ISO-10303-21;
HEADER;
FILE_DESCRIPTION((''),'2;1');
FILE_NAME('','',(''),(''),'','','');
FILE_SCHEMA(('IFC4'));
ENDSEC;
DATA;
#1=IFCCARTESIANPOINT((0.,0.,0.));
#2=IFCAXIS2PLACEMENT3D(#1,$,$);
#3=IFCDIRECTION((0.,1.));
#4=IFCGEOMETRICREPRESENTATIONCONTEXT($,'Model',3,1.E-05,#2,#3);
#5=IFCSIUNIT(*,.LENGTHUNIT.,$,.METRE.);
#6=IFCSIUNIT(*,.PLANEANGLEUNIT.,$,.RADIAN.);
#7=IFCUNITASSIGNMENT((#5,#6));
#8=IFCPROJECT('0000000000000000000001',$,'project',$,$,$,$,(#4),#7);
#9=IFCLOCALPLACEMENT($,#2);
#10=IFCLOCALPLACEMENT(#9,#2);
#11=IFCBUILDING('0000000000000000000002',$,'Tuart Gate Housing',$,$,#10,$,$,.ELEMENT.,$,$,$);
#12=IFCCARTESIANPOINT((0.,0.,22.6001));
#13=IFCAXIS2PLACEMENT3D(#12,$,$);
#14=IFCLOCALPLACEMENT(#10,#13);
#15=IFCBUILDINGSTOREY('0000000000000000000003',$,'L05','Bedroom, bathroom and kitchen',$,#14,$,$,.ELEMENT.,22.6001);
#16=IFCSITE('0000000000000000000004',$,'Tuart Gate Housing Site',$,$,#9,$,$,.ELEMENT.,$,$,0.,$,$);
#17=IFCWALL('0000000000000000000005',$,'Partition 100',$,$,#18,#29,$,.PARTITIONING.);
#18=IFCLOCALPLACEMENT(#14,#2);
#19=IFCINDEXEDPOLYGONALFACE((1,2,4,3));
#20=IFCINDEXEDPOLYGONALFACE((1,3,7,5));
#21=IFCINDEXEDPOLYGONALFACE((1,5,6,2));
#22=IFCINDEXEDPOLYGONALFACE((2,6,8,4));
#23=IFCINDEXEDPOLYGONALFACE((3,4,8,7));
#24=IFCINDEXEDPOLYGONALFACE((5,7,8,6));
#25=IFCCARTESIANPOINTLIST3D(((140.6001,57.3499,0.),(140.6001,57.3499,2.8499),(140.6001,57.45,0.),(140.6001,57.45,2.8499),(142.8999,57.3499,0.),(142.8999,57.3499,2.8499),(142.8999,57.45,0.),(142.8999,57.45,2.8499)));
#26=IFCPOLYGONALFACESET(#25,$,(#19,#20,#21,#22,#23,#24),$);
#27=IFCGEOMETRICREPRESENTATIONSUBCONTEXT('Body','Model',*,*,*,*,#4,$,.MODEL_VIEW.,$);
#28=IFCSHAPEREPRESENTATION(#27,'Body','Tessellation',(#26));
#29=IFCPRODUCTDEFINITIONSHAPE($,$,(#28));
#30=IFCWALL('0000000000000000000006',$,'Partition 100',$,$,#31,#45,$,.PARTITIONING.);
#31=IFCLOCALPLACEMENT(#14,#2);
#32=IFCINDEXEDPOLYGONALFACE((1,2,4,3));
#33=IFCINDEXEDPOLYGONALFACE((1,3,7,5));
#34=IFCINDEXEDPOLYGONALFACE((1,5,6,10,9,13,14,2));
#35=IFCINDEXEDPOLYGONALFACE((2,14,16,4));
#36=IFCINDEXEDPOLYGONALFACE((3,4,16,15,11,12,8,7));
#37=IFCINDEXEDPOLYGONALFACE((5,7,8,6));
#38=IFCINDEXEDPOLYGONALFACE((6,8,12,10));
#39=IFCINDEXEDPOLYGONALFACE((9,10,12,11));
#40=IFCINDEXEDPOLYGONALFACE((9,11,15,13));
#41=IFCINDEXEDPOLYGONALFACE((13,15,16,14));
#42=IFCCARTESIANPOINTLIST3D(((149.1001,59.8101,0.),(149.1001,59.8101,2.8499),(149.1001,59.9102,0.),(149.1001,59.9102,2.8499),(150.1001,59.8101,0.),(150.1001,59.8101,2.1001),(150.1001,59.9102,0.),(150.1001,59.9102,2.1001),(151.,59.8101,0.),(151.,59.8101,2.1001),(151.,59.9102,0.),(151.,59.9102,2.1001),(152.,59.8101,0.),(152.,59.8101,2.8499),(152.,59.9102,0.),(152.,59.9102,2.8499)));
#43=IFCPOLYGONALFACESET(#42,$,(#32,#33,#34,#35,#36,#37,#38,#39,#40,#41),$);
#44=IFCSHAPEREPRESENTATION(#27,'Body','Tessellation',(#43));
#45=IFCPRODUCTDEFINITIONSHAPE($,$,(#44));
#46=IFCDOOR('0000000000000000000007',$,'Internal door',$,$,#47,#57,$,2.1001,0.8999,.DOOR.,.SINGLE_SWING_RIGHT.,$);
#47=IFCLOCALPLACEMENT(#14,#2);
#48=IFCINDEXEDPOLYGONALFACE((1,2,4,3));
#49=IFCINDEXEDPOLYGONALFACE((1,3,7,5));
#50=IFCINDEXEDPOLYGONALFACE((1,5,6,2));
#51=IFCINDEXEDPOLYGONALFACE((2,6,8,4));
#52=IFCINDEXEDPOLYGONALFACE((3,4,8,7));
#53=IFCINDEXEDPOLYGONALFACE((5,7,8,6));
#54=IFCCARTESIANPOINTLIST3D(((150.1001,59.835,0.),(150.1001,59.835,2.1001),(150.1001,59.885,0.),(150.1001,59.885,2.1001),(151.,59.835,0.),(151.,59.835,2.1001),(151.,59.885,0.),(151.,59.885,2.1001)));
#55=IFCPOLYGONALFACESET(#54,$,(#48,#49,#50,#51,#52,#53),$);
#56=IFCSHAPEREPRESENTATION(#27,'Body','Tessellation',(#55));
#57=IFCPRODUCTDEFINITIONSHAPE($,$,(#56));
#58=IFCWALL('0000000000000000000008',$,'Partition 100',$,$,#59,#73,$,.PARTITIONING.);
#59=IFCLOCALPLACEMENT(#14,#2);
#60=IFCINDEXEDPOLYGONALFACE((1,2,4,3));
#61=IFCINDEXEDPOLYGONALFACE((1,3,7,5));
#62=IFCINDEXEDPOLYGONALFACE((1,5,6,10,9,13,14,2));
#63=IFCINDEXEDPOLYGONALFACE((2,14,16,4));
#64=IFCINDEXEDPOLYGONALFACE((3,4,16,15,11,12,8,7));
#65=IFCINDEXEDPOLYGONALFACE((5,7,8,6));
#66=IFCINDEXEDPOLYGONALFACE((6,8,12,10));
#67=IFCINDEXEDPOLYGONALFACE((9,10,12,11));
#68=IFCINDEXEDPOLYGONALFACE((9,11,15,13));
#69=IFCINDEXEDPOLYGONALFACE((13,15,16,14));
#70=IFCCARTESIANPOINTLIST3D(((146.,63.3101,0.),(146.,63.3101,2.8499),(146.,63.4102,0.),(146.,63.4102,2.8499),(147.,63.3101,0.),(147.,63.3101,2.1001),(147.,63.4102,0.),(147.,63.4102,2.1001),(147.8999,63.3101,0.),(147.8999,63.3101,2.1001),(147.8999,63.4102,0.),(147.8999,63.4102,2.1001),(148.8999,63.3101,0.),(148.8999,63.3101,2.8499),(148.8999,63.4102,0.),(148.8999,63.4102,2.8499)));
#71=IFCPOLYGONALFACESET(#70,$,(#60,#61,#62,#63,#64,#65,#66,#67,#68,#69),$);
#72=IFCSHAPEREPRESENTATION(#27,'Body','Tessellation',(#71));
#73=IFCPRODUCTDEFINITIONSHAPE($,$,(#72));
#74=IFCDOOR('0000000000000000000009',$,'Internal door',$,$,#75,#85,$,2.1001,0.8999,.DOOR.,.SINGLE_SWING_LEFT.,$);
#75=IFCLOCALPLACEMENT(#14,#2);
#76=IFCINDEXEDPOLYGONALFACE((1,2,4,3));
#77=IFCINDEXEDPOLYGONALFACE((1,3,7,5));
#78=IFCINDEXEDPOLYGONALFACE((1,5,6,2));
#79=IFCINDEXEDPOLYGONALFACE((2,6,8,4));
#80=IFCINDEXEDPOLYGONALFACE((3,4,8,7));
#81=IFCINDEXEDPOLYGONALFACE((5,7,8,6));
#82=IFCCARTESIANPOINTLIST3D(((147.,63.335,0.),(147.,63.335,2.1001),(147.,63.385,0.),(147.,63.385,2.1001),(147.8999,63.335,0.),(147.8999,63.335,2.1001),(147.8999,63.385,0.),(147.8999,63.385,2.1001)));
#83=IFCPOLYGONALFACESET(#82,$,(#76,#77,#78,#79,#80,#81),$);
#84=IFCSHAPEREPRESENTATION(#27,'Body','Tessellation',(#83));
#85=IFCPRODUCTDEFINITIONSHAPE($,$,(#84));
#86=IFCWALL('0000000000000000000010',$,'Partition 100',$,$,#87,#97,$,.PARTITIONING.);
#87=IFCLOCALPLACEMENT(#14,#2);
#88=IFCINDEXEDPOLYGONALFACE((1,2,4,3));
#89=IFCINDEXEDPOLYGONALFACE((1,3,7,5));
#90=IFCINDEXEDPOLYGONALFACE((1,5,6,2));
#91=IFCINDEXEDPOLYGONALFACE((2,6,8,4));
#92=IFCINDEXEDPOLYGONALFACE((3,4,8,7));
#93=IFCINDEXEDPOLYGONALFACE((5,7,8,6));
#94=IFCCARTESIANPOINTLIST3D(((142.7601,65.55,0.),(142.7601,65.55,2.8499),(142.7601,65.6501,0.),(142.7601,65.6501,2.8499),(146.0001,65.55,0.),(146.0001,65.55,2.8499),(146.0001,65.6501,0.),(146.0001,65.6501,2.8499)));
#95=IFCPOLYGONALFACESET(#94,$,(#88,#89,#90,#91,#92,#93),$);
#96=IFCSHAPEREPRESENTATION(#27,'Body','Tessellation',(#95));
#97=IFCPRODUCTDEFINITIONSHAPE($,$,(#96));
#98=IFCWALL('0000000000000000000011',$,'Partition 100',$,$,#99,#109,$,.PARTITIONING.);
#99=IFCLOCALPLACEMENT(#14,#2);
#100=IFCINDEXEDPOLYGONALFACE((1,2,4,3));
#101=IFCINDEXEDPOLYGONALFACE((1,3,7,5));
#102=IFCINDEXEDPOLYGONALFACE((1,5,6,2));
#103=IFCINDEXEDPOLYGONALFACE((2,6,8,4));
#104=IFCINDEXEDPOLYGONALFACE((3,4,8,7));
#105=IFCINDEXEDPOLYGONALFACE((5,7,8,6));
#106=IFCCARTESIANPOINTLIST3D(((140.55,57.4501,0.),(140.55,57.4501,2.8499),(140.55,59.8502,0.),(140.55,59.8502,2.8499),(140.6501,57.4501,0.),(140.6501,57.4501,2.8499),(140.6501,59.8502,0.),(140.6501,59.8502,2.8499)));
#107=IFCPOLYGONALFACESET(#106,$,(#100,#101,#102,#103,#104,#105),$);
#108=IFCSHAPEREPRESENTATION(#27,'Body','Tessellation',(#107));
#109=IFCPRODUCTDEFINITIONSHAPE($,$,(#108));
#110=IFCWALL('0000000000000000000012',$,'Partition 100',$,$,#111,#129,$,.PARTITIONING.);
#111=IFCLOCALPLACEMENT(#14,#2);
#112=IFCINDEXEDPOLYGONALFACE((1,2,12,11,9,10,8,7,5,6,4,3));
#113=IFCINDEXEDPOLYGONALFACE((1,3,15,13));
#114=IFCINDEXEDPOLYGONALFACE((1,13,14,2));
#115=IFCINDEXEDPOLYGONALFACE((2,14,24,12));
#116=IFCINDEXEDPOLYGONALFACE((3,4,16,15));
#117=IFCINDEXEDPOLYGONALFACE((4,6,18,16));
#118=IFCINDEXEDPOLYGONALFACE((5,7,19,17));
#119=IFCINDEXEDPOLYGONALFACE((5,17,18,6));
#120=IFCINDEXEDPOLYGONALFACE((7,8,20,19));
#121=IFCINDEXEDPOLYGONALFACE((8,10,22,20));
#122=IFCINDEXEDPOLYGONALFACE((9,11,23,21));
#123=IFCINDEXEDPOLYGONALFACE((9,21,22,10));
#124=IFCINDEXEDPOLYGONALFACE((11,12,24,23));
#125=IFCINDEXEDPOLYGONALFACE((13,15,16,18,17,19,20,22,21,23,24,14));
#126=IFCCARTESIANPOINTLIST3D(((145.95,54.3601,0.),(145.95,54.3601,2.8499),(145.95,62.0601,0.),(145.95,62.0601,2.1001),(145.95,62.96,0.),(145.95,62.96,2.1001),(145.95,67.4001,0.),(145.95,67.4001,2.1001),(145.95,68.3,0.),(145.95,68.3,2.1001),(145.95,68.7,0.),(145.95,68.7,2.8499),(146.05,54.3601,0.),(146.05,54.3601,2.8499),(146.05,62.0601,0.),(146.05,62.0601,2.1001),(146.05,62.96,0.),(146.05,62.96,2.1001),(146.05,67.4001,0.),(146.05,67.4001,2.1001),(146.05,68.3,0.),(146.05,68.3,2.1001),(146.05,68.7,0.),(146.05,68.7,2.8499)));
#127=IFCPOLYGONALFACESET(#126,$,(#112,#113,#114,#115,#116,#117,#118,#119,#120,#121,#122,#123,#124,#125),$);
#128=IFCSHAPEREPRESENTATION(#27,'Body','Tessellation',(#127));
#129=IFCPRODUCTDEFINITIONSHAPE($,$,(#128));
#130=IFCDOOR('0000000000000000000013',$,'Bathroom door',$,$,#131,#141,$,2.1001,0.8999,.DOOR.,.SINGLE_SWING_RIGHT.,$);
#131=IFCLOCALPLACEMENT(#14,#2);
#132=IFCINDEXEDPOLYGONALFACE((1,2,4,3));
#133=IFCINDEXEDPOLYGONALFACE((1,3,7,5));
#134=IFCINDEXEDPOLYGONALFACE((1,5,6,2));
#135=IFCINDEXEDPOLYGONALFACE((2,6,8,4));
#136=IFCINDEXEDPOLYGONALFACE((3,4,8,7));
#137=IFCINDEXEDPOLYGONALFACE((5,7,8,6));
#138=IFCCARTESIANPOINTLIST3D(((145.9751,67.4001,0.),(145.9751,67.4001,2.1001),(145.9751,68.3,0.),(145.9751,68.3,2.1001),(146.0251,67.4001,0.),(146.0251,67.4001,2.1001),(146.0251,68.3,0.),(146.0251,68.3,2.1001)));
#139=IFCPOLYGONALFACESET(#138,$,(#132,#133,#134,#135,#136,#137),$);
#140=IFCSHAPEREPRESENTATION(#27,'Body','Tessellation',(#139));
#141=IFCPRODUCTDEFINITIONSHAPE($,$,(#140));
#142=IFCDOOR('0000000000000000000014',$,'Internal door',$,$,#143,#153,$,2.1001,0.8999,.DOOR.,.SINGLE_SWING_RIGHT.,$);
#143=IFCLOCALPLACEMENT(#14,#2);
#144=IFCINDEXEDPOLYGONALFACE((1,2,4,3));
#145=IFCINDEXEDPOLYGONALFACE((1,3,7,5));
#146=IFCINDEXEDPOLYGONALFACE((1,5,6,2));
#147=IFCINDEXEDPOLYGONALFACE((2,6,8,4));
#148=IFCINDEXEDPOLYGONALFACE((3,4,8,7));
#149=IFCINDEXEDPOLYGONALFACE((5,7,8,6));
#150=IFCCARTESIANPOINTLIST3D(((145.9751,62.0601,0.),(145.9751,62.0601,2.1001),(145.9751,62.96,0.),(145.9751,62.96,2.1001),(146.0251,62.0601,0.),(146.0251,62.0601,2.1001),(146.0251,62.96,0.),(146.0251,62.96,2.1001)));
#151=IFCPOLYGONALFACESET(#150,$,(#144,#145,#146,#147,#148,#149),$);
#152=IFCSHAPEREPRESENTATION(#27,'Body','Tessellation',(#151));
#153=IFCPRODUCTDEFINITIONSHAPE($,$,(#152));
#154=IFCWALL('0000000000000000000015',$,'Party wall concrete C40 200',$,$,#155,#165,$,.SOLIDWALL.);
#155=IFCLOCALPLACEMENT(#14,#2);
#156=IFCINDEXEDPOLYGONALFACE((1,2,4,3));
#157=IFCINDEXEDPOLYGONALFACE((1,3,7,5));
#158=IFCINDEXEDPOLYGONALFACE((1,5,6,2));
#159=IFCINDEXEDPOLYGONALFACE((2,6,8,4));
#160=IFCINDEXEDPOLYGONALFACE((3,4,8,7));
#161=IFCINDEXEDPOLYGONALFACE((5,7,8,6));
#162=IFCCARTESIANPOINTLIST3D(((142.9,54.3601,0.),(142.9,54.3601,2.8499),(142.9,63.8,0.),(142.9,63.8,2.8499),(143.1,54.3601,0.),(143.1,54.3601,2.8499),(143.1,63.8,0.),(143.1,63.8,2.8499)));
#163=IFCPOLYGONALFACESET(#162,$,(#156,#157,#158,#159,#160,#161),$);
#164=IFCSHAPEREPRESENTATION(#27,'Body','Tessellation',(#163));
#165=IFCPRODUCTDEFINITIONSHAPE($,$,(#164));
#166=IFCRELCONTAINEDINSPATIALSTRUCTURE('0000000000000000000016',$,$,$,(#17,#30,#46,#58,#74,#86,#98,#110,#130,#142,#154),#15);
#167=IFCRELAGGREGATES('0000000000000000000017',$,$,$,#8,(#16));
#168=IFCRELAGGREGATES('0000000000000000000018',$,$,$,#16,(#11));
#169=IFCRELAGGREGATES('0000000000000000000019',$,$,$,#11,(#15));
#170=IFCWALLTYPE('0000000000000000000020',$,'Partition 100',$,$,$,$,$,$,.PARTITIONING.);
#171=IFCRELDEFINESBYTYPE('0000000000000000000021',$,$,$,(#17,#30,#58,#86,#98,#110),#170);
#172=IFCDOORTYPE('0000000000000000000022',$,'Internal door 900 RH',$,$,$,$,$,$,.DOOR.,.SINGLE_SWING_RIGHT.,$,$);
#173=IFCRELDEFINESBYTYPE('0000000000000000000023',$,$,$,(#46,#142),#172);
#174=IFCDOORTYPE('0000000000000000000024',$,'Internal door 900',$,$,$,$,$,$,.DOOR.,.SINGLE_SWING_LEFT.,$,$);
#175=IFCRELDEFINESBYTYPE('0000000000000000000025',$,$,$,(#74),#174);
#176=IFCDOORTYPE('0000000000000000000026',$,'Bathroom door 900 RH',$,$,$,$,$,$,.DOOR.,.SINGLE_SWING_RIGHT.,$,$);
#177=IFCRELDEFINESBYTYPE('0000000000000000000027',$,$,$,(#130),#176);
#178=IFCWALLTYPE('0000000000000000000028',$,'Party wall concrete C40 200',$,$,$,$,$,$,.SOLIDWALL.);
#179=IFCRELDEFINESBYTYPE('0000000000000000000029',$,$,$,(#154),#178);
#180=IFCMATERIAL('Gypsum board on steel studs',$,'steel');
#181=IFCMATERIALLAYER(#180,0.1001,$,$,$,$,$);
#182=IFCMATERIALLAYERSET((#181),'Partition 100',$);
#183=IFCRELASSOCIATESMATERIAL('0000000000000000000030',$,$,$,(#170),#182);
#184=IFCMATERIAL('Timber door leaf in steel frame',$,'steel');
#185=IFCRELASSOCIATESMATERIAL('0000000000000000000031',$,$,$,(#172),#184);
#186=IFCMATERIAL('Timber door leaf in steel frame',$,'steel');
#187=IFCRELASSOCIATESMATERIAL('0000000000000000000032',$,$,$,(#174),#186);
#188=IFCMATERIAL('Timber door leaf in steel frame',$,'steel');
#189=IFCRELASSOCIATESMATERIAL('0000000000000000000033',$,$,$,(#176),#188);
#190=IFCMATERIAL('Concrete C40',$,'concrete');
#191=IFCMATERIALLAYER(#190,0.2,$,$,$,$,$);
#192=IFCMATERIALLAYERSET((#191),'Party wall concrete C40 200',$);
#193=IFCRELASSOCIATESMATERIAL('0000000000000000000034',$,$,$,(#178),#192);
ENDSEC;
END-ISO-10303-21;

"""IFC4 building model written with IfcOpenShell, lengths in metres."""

from ifc_helpers import new_model, si_unit, direction, frame, frame_2d, origin, place, context, subcontext, project, spatial, rectangle, extrude, material, layer, layer_set, type_object, element, fill, save


model = new_model("IFC4")

# Units and contexts
model_context = context("Model", 3, precision=1e-05, world=origin(), true_north=direction((0.0, 1.0)))
body_context = subcontext(model_context, "Body", "Model", "MODEL_VIEW")
ifc_project = project(units=[si_unit("LENGTHUNIT", "METRE"), si_unit("PLANEANGLEUNIT", "RADIAN")], contexts=[model_context])

# Site, building, storey
site_placement = place(None, origin())
site = spatial("IfcSite", under=ifc_project, at=site_placement, Name="Tuart Gate Housing Site", CompositionType="ELEMENT", RefElevation=0.0)
building_placement = place(site_placement, origin())
building = spatial("IfcBuilding", under=site, at=building_placement, Name="Tuart Gate Housing", CompositionType="ELEMENT")
storey_placement = place(building_placement, frame((0.0, 0.0, 22.6001)))
storey = spatial("IfcBuildingStorey", under=building, at=storey_placement, Name="L05", Description="Bedroom, bathroom and kitchen", CompositionType="ELEMENT", Elevation=22.6001)

# Wall
ifc_material_1 = material(Name="Gypsum board on steel studs", Category="steel")
ifc_layer_1 = layer(ifc_material_1, 0.1001)
ifc_layer_set_1 = layer_set([ifc_layer_1], Name="Partition 100")
wall_type_1 = type_object("IfcWallType", Name="Partition 100", PredefinedType="PARTITIONING", material=ifc_layer_set_1)
wall_1_placement = place(storey_placement, frame((140.6001, 57.3999, 0.0), z_axis=(0.0, 0.0, 1.0), x_axis=(1.0, 0.0, 0.0)))
element("IfcWall", 1, at=wall_1_placement, inside=storey, type_object=wall_type_1, Name="Partition 100", PredefinedType="PARTITIONING", context=body_context, shape_type="SweptSolid", body=[
    extrude(rectangle(XDim=2.2998, YDim=0.1001, at=frame_2d((1.1499, 0.0))), origin(), (0.0, 0.0, 1.0), 2.8499),
])

# Walls, openings, doors
wall_2_placement = place(storey_placement, frame((149.1001, 59.8601, 0.0), z_axis=(0.0, 0.0, 1.0), x_axis=(1.0, 0.0, 0.0)))
wall_2 = element("IfcWall", 2, at=wall_2_placement, inside=storey, type_object=wall_type_1, Name="Partition 100", PredefinedType="PARTITIONING", context=body_context, shape_type="SweptSolid", body=[
    extrude(rectangle(XDim=2.8999, YDim=0.1001, at=frame_2d((1.45, 0.0))), origin(), (0.0, 0.0, 1.0), 2.8499),
])
opening_1_placement = place(wall_2_placement, frame((1.0, 0.0, 0.0)))
opening_1 = element("IfcOpeningElement", 3, at=opening_1_placement, cuts=wall_2, PredefinedType="OPENING", context=body_context, shape_type="SweptSolid", body=[
    extrude(rectangle(XDim=0.8999, YDim=2.1001, at=frame_2d((0.45, 1.05))), frame((0.0, 0.0601, 0.0), z_axis=(0.0, -1.0, 0.0), x_axis=(1.0, 0.0, 0.0)), (0.0, 0.0, 1.0), 0.1201),
])
ifc_material_2 = material(Name="Timber door leaf in steel frame", Category="steel")
door_type_1 = type_object("IfcDoorType", Name="Internal door 900 RH", OperationType="SINGLE_SWING_RIGHT", PredefinedType="DOOR", material=ifc_material_2)
door_1_placement = place(opening_1_placement, origin())
door_1 = element("IfcDoor", 4, at=door_1_placement, inside=storey, type_object=door_type_1, Name="Internal door", OperationType="SINGLE_SWING_RIGHT", OverallHeight=2.1001, OverallWidth=0.8999, PredefinedType="DOOR", context=body_context, shape_type="SweptSolid", body=[
    extrude(rectangle(XDim=0.8999, YDim=2.1001, at=frame_2d((0.45, 1.05))), frame((0.0, 0.0249, 0.0), z_axis=(0.0, -1.0, 0.0), x_axis=(1.0, 0.0, 0.0)), (0.0, 0.0, 1.0), 0.05),
])
fill(opening_1, door_1)
wall_3_placement = place(storey_placement, frame((146.0, 63.3601, 0.0), z_axis=(0.0, 0.0, 1.0), x_axis=(1.0, 0.0, 0.0)))
wall_3 = element("IfcWall", 5, at=wall_3_placement, inside=storey, type_object=wall_type_1, Name="Partition 100", PredefinedType="PARTITIONING", context=body_context, shape_type="SweptSolid", body=[
    extrude(rectangle(XDim=2.8999, YDim=0.1001, at=frame_2d((1.45, 0.0))), origin(), (0.0, 0.0, 1.0), 2.8499),
])
opening_2_placement = place(wall_3_placement, frame((1.0, 0.0, 0.0)))
opening_2 = element("IfcOpeningElement", 6, at=opening_2_placement, cuts=wall_3, PredefinedType="OPENING", context=body_context, shape_type="SweptSolid", body=[
    extrude(rectangle(XDim=0.8999, YDim=2.1001, at=frame_2d((0.45, 1.05))), frame((0.0, 0.0601, 0.0), z_axis=(0.0, -1.0, 0.0), x_axis=(1.0, 0.0, 0.0)), (0.0, 0.0, 1.0), 0.1201),
])
ifc_material_3 = material(Name="Timber door leaf in steel frame", Category="steel")
door_type_2 = type_object("IfcDoorType", Name="Internal door 900", OperationType="SINGLE_SWING_LEFT", PredefinedType="DOOR", material=ifc_material_3)
door_2_placement = place(opening_2_placement, origin())
door_2 = element("IfcDoor", 7, at=door_2_placement, inside=storey, type_object=door_type_2, Name="Internal door", OperationType="SINGLE_SWING_LEFT", OverallHeight=2.1001, OverallWidth=0.8999, PredefinedType="DOOR", context=body_context, shape_type="SweptSolid", body=[
    extrude(rectangle(XDim=0.8999, YDim=2.1001, at=frame_2d((0.45, 1.05))), frame((0.0, 0.0249, 0.0), z_axis=(0.0, -1.0, 0.0), x_axis=(1.0, 0.0, 0.0)), (0.0, 0.0, 1.0), 0.05),
])
fill(opening_2, door_2)

# Walls
wall_4_placement = place(storey_placement, frame((142.76, 65.6001, 0.0), z_axis=(0.0, 0.0, 1.0), x_axis=(1.0, 0.0, 0.0)))
element("IfcWall", 8, at=wall_4_placement, inside=storey, type_object=wall_type_1, Name="Partition 100", PredefinedType="PARTITIONING", context=body_context, shape_type="SweptSolid", body=[
    extrude(rectangle(XDim=3.24, YDim=0.1001, at=frame_2d((1.6201, 0.0))), origin(), (0.0, 0.0, 1.0), 2.8499),
])
wall_5_placement = place(storey_placement, frame((140.6001, 57.45, 0.0), z_axis=(0.0, 0.0, 1.0), x_axis=(0.0, 1.0, 0.0)))
element("IfcWall", 9, at=wall_5_placement, inside=storey, type_object=wall_type_1, Name="Partition 100", PredefinedType="PARTITIONING", context=body_context, shape_type="SweptSolid", body=[
    extrude(rectangle(XDim=2.4001, YDim=0.1001, at=frame_2d((1.2002, 0.0))), origin(), (0.0, 0.0, 1.0), 2.8499),
])

# Wall, openings, doors
wall_6_placement = place(storey_placement, frame((146.0, 54.3601, 0.0), z_axis=(0.0, 0.0, 1.0), x_axis=(0.0, 1.0, 0.0)))
wall_6 = element("IfcWall", 10, at=wall_6_placement, inside=storey, type_object=wall_type_1, Name="Partition 100", PredefinedType="PARTITIONING", context=body_context, shape_type="SweptSolid", body=[
    extrude(rectangle(XDim=14.3398, YDim=0.1001, at=frame_2d((7.1699, 0.0))), origin(), (0.0, 0.0, 1.0), 2.8499),
])
opening_3_placement = place(wall_6_placement, frame((7.7, 0.0, 0.0)))
opening_3 = element("IfcOpeningElement", 11, at=opening_3_placement, cuts=wall_6, PredefinedType="OPENING", context=body_context, shape_type="SweptSolid", body=[
    extrude(rectangle(XDim=0.8999, YDim=2.1001, at=frame_2d((0.45, 1.05))), frame((0.0, 0.0601, 0.0), z_axis=(0.0, -1.0, 0.0), x_axis=(1.0, 0.0, 0.0)), (0.0, 0.0, 1.0), 0.1201),
])
opening_4_placement = place(wall_6_placement, frame((13.04, 0.0, 0.0)))
opening_4 = element("IfcOpeningElement", 12, at=opening_4_placement, cuts=wall_6, PredefinedType="OPENING", context=body_context, shape_type="SweptSolid", body=[
    extrude(rectangle(XDim=0.8999, YDim=2.1001, at=frame_2d((0.45, 1.05))), frame((0.0, 0.0601, 0.0), z_axis=(0.0, -1.0, 0.0), x_axis=(1.0, 0.0, 0.0)), (0.0, 0.0, 1.0), 0.1201),
])
ifc_material_4 = material(Name="Timber door leaf in steel frame", Category="steel")
door_type_3 = type_object("IfcDoorType", Name="Bathroom door 900 RH", OperationType="SINGLE_SWING_RIGHT", PredefinedType="DOOR", material=ifc_material_4)
door_3_placement = place(opening_4_placement, origin())
door_3 = element("IfcDoor", 13, at=door_3_placement, inside=storey, type_object=door_type_3, Name="Bathroom door", OperationType="SINGLE_SWING_RIGHT", OverallHeight=2.1001, OverallWidth=0.8999, PredefinedType="DOOR", context=body_context, shape_type="SweptSolid", body=[
    extrude(rectangle(XDim=0.8999, YDim=2.1001, at=frame_2d((0.45, 1.05))), frame((0.0, 0.0249, 0.0), z_axis=(0.0, -1.0, 0.0), x_axis=(1.0, 0.0, 0.0)), (0.0, 0.0, 1.0), 0.05),
])
fill(opening_4, door_3)
door_4_placement = place(opening_3_placement, origin())
door_4 = element("IfcDoor", 14, at=door_4_placement, inside=storey, type_object=door_type_1, Name="Internal door", OperationType="SINGLE_SWING_RIGHT", OverallHeight=2.1001, OverallWidth=0.8999, PredefinedType="DOOR", context=body_context, shape_type="SweptSolid", body=[
    extrude(rectangle(XDim=0.8999, YDim=2.1001, at=frame_2d((0.45, 1.05))), frame((0.0, 0.0249, 0.0), z_axis=(0.0, -1.0, 0.0), x_axis=(1.0, 0.0, 0.0)), (0.0, 0.0, 1.0), 0.05),
])
fill(opening_3, door_4)

# Wall
ifc_material_5 = material(Name="Concrete C40", Category="concrete")
ifc_layer_2 = layer(ifc_material_5, 0.2)
ifc_layer_set_2 = layer_set([ifc_layer_2], Name="Party wall concrete C40 200")
wall_type_2 = type_object("IfcWallType", Name="Party wall concrete C40 200", PredefinedType="SOLIDWALL", material=ifc_layer_set_2)
wall_7_placement = place(storey_placement, frame((143.0, 54.3601, 0.0), z_axis=(0.0, 0.0, 1.0), x_axis=(0.0, 1.0, 0.0)))
element("IfcWall", 15, at=wall_7_placement, inside=storey, type_object=wall_type_2, Name="Party wall concrete C40 200", PredefinedType="SOLIDWALL", context=body_context, shape_type="SweptSolid", body=[
    extrude(rectangle(XDim=9.4399, YDim=0.2, at=frame_2d((4.72, 0.0))), origin(), (0.0, 0.0, 1.0), 2.8499),
])

save(model, "model.ifc")
